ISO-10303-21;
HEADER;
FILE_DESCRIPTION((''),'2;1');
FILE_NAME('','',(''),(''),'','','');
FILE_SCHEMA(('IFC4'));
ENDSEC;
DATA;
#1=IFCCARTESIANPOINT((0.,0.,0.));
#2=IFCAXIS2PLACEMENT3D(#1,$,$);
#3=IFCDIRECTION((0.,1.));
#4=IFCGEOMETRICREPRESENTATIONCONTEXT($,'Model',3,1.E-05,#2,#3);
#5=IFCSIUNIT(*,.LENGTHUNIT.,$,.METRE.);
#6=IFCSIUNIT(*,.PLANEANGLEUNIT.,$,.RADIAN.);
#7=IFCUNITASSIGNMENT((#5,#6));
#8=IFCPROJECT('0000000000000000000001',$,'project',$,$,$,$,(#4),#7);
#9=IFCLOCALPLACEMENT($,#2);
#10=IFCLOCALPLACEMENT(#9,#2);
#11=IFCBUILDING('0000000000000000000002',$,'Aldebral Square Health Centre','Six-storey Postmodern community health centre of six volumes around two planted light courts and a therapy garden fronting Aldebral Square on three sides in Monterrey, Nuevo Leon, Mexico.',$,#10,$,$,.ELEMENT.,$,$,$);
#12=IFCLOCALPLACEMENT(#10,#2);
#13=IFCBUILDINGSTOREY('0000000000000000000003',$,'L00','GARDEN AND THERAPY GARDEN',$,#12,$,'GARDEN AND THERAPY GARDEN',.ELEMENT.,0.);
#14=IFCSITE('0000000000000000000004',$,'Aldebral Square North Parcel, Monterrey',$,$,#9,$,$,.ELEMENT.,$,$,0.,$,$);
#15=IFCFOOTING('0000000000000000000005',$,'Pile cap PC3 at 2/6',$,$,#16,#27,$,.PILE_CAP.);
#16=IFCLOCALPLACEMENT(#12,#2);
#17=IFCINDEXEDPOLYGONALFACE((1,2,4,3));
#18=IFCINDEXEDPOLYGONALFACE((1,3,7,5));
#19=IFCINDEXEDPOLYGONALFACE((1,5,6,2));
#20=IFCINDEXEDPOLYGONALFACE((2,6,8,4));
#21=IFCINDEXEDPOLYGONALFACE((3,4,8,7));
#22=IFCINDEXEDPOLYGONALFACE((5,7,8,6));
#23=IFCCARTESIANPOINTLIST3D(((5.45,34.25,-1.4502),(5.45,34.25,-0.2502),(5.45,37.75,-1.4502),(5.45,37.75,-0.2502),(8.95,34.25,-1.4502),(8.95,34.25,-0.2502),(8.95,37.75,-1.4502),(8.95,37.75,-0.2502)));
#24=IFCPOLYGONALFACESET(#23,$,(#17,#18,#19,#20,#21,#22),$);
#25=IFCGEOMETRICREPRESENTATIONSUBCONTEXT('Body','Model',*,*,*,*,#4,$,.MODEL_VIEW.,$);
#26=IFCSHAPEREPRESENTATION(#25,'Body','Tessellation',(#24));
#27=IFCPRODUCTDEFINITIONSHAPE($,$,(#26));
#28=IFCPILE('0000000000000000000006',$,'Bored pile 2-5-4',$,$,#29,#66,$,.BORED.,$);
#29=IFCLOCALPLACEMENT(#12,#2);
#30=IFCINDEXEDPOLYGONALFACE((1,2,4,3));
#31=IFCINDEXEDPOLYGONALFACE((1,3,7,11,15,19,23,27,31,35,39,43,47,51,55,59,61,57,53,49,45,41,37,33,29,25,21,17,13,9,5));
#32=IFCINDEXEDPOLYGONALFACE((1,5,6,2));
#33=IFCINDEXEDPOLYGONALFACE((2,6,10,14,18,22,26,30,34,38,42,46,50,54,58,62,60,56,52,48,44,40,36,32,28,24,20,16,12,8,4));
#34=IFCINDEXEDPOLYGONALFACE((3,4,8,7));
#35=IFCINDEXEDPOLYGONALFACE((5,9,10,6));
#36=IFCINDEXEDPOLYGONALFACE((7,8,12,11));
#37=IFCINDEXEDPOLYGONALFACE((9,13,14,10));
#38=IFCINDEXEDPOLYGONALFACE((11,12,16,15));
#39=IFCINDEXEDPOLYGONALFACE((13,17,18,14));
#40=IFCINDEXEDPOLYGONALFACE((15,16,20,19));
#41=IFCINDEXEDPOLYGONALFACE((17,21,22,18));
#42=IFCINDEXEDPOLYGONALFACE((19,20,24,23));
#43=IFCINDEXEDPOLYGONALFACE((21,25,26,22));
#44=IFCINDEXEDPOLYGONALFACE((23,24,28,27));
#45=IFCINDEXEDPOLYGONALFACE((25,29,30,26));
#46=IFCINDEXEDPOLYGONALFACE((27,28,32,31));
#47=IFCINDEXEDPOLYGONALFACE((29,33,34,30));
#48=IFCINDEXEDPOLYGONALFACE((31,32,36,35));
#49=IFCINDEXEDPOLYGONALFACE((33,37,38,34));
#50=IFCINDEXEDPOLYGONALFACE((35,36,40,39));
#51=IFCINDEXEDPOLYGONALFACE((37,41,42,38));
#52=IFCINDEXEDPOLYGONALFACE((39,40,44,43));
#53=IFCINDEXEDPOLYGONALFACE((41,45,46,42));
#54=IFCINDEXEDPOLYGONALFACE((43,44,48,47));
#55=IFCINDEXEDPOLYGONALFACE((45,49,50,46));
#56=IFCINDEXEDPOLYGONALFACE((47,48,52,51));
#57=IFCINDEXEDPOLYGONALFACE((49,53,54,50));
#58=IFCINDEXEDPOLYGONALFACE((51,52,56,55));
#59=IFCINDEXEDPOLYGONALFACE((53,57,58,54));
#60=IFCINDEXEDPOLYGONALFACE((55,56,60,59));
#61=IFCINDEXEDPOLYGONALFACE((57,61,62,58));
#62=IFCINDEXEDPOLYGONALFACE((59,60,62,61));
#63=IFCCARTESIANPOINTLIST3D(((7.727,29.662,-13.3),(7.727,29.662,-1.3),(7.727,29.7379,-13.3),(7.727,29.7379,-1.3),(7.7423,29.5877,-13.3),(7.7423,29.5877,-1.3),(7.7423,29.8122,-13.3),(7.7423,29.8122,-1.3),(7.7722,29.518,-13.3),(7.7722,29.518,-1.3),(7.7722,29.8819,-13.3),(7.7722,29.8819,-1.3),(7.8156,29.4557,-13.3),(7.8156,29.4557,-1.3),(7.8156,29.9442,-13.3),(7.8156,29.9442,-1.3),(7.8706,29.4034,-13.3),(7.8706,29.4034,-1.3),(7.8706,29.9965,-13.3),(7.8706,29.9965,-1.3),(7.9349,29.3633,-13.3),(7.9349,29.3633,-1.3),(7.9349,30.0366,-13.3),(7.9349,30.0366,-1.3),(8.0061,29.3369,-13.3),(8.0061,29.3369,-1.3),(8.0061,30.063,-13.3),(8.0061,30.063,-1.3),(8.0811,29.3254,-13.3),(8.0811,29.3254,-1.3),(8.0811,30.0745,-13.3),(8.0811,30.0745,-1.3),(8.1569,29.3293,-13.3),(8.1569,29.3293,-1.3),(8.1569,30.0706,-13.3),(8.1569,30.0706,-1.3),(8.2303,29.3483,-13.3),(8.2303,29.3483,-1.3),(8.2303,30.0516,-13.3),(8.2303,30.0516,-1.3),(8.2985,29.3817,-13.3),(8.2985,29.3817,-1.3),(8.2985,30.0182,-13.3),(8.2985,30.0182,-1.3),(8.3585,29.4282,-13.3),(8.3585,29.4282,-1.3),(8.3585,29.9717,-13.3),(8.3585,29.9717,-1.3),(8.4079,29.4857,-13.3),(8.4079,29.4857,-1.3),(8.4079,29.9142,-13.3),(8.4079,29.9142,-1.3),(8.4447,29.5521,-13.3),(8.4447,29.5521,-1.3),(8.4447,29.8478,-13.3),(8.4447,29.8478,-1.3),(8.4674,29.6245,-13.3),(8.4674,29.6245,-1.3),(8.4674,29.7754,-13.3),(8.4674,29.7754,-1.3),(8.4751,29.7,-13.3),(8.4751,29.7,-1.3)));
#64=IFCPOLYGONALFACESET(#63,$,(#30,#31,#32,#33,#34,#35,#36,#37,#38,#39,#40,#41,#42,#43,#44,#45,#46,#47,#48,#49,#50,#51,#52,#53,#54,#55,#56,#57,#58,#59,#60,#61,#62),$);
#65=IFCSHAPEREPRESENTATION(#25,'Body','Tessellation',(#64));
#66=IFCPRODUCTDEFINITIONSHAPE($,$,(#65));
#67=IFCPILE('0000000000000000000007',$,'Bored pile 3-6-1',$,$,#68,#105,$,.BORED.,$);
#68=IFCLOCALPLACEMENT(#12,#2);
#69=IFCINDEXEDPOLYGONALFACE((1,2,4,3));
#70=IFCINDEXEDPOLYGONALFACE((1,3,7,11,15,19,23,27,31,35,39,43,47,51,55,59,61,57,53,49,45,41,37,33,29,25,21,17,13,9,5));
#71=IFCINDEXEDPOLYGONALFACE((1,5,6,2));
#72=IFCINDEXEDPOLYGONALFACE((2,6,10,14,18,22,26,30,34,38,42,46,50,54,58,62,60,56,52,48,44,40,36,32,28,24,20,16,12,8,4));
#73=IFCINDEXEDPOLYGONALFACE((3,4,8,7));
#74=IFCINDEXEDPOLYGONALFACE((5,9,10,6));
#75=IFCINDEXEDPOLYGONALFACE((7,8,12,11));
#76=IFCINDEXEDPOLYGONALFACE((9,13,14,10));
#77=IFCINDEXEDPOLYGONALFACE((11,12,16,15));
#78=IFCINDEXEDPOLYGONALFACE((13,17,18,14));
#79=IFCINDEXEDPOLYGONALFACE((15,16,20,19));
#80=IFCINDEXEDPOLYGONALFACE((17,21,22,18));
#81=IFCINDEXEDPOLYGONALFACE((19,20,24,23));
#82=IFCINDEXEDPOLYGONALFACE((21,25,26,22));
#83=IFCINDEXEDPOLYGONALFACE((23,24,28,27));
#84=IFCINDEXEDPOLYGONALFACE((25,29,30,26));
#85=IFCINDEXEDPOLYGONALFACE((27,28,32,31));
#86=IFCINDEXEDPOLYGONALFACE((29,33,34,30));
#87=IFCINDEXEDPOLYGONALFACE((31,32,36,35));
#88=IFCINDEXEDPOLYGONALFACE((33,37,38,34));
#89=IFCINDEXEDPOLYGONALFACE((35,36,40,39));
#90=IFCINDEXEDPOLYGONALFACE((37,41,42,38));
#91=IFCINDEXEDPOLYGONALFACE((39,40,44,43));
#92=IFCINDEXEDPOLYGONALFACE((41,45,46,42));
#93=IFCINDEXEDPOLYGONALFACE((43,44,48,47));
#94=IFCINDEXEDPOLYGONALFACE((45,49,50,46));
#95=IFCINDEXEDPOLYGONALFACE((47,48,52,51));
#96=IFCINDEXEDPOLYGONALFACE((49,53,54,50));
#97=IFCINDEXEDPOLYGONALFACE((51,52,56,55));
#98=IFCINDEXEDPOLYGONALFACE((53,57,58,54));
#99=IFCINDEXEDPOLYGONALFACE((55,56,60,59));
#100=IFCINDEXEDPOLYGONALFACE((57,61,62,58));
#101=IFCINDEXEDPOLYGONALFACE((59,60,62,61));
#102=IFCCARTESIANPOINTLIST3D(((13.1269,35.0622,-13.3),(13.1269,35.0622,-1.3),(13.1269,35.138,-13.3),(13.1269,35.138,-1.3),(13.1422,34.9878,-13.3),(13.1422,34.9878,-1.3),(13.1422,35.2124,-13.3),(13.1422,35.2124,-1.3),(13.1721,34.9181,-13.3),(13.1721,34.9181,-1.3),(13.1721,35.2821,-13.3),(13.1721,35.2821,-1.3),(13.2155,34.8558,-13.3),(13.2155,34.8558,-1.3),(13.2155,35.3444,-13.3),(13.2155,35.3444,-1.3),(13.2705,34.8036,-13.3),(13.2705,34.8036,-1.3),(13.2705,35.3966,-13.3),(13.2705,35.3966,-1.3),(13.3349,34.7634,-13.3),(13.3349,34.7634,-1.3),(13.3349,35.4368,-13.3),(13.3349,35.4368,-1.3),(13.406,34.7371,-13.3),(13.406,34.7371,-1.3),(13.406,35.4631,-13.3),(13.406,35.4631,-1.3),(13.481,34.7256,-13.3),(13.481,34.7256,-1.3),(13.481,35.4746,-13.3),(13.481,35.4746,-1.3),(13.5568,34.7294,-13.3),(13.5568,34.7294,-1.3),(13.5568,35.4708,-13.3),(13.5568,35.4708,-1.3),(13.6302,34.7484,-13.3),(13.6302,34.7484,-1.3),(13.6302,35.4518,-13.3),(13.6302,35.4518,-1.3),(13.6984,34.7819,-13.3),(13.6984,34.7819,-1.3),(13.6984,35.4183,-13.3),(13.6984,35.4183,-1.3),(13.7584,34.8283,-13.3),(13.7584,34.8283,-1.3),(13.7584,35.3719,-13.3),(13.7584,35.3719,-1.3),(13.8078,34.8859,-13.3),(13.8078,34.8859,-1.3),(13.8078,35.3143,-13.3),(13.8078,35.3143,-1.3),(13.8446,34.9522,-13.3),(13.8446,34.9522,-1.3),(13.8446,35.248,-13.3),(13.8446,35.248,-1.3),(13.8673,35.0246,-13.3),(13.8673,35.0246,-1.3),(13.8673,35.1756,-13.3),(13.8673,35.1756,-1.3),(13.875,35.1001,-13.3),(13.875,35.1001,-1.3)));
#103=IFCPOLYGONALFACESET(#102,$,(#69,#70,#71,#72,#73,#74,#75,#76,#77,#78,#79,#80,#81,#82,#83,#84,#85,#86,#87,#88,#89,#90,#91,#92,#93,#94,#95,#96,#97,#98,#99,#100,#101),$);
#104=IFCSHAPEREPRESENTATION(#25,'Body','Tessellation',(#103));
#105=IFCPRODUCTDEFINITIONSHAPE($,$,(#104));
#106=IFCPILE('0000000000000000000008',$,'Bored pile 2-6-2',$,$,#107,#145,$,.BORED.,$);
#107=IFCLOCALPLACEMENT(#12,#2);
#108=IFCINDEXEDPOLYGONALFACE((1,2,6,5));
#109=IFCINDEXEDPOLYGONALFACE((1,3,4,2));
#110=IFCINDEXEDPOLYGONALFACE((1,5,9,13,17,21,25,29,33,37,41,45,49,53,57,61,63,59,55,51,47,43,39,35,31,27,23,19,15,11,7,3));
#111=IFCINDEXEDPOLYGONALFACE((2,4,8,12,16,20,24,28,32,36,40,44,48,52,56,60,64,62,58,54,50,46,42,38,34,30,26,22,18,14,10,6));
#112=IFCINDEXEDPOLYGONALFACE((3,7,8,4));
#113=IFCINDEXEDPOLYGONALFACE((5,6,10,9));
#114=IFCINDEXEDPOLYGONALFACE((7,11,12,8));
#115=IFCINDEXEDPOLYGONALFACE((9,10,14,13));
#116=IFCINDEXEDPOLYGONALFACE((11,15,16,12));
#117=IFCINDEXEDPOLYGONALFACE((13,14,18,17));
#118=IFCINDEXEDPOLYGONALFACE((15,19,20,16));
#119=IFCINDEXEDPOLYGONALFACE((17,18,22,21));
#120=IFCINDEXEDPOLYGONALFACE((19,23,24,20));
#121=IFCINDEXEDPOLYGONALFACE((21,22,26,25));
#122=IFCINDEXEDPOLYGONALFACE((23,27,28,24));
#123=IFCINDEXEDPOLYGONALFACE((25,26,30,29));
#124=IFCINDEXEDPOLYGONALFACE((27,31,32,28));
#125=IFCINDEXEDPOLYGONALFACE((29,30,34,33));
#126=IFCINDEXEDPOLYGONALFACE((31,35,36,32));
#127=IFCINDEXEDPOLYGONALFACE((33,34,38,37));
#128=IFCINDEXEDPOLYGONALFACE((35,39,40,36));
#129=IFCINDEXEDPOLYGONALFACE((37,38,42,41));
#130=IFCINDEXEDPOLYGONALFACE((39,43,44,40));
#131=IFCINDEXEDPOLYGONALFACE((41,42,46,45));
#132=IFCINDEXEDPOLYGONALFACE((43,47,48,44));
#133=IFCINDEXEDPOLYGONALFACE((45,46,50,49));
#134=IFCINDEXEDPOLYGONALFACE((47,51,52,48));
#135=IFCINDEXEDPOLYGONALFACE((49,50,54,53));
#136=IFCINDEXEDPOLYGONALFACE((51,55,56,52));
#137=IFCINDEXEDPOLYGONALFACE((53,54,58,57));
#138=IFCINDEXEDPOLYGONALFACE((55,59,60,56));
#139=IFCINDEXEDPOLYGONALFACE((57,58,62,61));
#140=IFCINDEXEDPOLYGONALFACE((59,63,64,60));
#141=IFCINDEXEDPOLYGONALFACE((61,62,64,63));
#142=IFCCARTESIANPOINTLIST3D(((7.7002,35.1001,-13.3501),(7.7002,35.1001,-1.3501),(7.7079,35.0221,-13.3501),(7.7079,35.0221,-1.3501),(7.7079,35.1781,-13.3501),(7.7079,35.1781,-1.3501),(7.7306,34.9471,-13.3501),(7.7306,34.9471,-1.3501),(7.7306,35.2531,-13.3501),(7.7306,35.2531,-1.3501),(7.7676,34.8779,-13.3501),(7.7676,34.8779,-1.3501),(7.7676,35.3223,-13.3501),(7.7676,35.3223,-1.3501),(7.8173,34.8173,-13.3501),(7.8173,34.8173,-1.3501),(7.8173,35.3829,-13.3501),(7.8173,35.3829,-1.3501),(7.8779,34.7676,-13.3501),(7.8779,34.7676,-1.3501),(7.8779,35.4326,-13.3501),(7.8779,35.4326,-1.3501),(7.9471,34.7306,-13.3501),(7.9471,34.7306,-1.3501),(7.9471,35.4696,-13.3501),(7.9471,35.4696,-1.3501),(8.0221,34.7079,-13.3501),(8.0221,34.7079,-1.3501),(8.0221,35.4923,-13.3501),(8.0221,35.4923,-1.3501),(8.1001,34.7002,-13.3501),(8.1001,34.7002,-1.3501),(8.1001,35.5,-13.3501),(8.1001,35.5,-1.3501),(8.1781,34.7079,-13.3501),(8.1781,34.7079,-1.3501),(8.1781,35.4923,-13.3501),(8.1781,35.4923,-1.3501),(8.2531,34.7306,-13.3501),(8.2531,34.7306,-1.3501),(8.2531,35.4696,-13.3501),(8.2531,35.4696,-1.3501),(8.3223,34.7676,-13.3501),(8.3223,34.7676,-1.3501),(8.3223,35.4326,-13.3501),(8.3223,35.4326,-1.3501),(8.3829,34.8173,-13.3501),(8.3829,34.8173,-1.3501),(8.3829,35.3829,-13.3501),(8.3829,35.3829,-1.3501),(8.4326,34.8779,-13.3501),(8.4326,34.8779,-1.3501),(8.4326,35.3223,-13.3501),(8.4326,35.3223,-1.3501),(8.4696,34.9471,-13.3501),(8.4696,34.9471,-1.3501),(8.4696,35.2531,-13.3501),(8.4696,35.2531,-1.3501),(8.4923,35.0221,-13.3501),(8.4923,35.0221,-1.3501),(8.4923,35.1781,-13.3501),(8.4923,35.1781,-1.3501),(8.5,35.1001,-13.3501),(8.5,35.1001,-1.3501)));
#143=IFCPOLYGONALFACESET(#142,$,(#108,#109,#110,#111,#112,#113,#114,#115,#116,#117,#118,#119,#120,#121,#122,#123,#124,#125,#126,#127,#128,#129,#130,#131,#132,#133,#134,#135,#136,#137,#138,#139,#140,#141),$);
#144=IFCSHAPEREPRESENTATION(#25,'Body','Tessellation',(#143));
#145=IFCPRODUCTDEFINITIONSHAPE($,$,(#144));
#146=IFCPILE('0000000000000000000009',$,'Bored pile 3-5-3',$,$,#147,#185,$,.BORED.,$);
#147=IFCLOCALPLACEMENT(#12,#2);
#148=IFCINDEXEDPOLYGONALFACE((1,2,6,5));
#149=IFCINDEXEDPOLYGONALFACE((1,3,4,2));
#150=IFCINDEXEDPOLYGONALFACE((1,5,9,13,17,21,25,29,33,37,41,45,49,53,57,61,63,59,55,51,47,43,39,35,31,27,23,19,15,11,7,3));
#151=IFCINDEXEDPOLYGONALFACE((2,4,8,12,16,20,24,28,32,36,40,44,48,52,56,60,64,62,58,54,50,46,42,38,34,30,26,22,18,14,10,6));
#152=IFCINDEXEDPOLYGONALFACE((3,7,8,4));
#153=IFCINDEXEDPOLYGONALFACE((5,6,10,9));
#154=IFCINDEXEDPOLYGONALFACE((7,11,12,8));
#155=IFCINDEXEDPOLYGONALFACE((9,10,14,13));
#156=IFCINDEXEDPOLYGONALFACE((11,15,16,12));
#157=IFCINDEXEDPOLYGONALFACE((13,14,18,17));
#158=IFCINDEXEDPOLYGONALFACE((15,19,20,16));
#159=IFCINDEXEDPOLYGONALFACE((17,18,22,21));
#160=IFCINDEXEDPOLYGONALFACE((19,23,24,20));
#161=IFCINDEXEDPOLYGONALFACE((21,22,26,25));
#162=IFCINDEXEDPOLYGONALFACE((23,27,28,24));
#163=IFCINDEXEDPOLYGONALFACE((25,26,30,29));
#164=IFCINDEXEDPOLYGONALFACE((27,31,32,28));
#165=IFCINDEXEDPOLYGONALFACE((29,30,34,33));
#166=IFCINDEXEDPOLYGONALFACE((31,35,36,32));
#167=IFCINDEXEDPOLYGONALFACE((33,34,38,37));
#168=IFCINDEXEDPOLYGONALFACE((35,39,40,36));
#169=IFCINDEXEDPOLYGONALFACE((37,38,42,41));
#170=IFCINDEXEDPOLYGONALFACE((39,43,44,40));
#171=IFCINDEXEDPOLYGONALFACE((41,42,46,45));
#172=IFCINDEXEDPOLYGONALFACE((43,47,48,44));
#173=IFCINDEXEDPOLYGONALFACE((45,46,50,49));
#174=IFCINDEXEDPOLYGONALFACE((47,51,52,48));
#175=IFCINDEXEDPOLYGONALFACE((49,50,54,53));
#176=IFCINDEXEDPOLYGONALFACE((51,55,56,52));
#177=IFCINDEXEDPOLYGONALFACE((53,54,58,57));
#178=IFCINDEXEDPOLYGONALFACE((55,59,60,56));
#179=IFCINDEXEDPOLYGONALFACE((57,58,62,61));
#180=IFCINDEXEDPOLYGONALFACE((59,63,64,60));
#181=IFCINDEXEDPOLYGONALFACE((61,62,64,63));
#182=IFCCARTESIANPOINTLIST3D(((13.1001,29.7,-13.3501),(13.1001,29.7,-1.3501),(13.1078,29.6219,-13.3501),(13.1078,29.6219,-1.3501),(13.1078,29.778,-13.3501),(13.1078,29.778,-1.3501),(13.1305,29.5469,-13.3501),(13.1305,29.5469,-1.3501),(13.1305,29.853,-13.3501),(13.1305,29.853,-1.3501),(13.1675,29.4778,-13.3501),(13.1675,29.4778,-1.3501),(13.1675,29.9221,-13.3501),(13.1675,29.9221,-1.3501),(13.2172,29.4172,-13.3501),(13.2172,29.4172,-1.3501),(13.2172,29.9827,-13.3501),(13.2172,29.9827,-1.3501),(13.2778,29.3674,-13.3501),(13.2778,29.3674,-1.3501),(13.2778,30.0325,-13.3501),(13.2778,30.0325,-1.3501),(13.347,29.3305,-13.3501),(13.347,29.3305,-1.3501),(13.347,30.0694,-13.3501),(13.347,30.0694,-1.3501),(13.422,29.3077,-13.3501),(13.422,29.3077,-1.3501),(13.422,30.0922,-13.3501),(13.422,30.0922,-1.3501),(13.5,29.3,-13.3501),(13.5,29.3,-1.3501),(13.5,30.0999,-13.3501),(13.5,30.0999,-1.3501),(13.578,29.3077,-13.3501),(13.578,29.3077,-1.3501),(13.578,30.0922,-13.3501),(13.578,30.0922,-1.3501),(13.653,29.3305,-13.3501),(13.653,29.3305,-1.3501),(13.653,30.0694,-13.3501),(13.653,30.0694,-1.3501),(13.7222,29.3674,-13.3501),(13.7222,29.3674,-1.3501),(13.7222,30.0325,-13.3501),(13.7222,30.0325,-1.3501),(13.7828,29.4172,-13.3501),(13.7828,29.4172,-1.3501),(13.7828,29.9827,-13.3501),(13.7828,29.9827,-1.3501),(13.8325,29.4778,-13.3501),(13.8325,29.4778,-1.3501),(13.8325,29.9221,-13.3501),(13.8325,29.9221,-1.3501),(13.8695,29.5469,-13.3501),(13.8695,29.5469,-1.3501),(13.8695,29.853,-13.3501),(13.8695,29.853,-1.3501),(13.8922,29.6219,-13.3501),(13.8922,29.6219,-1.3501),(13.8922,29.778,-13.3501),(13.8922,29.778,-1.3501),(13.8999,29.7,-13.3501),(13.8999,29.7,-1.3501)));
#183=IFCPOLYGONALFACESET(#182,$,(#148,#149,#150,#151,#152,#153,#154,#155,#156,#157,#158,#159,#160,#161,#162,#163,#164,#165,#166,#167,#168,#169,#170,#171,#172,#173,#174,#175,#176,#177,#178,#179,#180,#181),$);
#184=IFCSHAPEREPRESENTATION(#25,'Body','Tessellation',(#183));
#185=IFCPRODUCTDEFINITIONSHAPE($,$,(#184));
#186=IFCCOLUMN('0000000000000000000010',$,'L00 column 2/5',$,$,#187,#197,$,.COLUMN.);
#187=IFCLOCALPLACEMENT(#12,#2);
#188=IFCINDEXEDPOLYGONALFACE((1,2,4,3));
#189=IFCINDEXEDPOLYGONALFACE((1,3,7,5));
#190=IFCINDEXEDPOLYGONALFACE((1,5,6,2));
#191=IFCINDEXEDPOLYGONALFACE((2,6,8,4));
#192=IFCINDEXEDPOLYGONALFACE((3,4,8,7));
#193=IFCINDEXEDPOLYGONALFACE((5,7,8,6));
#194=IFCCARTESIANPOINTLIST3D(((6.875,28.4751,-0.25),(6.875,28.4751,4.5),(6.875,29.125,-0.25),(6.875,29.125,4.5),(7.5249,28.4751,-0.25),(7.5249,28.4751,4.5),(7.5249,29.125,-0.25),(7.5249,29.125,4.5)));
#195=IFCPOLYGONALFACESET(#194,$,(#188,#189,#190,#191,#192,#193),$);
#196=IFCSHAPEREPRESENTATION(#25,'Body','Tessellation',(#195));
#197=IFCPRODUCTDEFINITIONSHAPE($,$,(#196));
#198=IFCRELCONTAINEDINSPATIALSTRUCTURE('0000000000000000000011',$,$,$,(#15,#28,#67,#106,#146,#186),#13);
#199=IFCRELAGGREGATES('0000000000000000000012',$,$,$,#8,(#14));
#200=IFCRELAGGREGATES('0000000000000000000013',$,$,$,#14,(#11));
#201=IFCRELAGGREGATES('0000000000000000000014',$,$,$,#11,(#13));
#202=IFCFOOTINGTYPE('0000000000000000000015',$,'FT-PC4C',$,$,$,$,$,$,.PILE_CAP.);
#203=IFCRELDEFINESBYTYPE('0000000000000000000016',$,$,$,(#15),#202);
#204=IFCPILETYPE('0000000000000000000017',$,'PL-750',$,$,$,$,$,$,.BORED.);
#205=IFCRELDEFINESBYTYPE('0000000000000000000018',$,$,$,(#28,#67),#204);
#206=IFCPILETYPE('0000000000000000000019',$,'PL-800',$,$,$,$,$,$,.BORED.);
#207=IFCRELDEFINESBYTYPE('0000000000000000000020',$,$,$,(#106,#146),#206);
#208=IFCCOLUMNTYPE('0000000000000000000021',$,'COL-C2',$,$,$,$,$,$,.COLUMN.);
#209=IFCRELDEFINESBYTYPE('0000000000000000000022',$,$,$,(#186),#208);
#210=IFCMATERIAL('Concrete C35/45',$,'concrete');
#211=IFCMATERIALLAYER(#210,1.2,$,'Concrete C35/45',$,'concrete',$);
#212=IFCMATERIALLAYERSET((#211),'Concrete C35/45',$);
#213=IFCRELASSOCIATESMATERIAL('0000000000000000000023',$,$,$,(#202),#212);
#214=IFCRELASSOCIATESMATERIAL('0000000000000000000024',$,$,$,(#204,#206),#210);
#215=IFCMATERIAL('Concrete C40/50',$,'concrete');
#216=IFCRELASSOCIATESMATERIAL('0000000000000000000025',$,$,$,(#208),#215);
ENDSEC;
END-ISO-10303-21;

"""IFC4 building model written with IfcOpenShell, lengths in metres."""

from ifc_helpers import new_model, si_unit, direction, frame, origin, origin_2d, place, context, subcontext, project, spatial, rectangle, circle, extrude, material, layer, layer_set, material_profile, profile_set, type_object, element, save


model = new_model("IFC4")

# Units and contexts
model_context = context("Model", 3, precision=1e-05, world=origin(), true_north=direction((0.0, 1.0)))
body_context = subcontext(model_context, "Body", "Model", "MODEL_VIEW")
ifc_project = project(units=[si_unit("LENGTHUNIT", "METRE"), si_unit("PLANEANGLEUNIT", "RADIAN")], contexts=[model_context])

# Site, building, storey
site_placement = place(None, origin())
site = spatial("IfcSite", under=ifc_project, at=site_placement, Name="Aldebral Square North Parcel, Monterrey", CompositionType="ELEMENT", RefElevation=0.0)
building_placement = place(site_placement, origin())
building = spatial("IfcBuilding", under=site, at=building_placement, Name="Aldebral Square Health Centre", Description="Six-storey Postmodern community health centre of six volumes around two planted light courts and a therapy garden fronting Aldebral Square on three sides in Monterrey, Nuevo Leon, Mexico.", CompositionType="ELEMENT")
storey_placement = place(building_placement, origin())
storey = spatial("IfcBuildingStorey", under=building, at=storey_placement, Name="L00", Description="GARDEN AND THERAPY GARDEN", LongName="GARDEN AND THERAPY GARDEN", CompositionType="ELEMENT", Elevation=0.0)

# Footing
ifc_material_1 = material(Name="Concrete C35/45", Category="concrete")
ifc_layer_1 = layer(ifc_material_1, 1.2, Name="Concrete C35/45", Category="concrete")
ifc_layer_set_1 = layer_set([ifc_layer_1], Name="Concrete C35/45")
footing_type = type_object("IfcFootingType", Name="FT-PC4C", PredefinedType="PILE_CAP", material=ifc_layer_set_1)
footing_placement = place(storey_placement, frame((7.2, 36.0, -1.4502), z_axis=(0.0, 0.0, 1.0), x_axis=(1.0, 0.0, 0.0)))
element("IfcFooting", 1, at=footing_placement, inside=storey, type_object=footing_type, Name="Pile cap PC3 at 2/6", PredefinedType="PILE_CAP", context=body_context, shape_type="SweptSolid", body=[
    extrude(rectangle(XDim=3.5, YDim=3.5, at=origin_2d()), origin(), (0.0, 0.0, 1.0), 1.2),
])

# Piles
ifc_material_profile_1 = material_profile(ifc_material_1, circle(Radius=0.375, at=origin_2d()), Name="PILE D750")
ifc_profile_set_1 = profile_set([ifc_material_profile_1], Name="Concrete C35/45")
pile_type_1 = type_object("IfcPileType", Name="PL-750", PredefinedType="BORED", material=ifc_profile_set_1)
for number, where, z_axis, x_axis, name in (
    (2, (8.1001, 29.7, -1.3), (0.0, 0.0, -1.0), (1.0, 0.0, 0.0), "Bored pile 2-5-4"),
    (3, (13.5, 35.1001, -1.3), (0.0, 0.0, -1.0), (1.0, 0.0, 0.0), "Bored pile 3-6-1"),
):
    element("IfcPile", number, at=place(storey_placement, frame(where, z_axis=z_axis, x_axis=x_axis)), inside=storey, type_object=pile_type_1, Name=name, PredefinedType="BORED", context=body_context, shape_type="SweptSolid", body=[
        extrude(circle(Radius=0.375, at=origin_2d()), origin(), (0.0, 0.0, 1.0), 12.0),
    ])
ifc_material_profile_2 = material_profile(ifc_material_1, circle(Radius=0.3999, at=origin_2d()), Name="PILE D800")
ifc_profile_set_2 = profile_set([ifc_material_profile_2], Name="Concrete C35/45")
pile_type_2 = type_object("IfcPileType", Name="PL-800", PredefinedType="BORED", material=ifc_profile_set_2)
for number, where, z_axis, x_axis, name in (
    (4, (8.1001, 35.1001, -1.3501), (0.0, 0.0, -1.0), (1.0, 0.0, 0.0), "Bored pile 2-6-2"),
    (5, (13.5, 29.7, -1.3501), (0.0, 0.0, -1.0), (1.0, 0.0, 0.0), "Bored pile 3-5-3"),
):
    element("IfcPile", number, at=place(storey_placement, frame(where, z_axis=z_axis, x_axis=x_axis)), inside=storey, type_object=pile_type_2, Name=name, PredefinedType="BORED", context=body_context, shape_type="SweptSolid", body=[
        extrude(circle(Radius=0.3999, at=origin_2d()), origin(), (0.0, 0.0, 1.0), 12.0),
    ])

# Column
ifc_material_2 = material(Name="Concrete C40/50", Category="concrete")
ifc_material_profile_3 = material_profile(ifc_material_2, rectangle(XDim=0.6499, YDim=0.6499, at=origin_2d()), Name="RC 650x650")
ifc_profile_set_3 = profile_set([ifc_material_profile_3], Name="Concrete C40/50")
column_type = type_object("IfcColumnType", Name="COL-C2", PredefinedType="COLUMN", material=ifc_profile_set_3)
for number, where, z_axis, x_axis, name in (
    (6, (7.2, 28.8, -0.25), (0.0, 0.0, 1.0), (1.0, 0.0, 0.0), "L00 column 2/5"),
):
    element("IfcColumn", number, at=place(storey_placement, frame(where, z_axis=z_axis, x_axis=x_axis)), inside=storey, type_object=column_type, Name=name, PredefinedType="COLUMN", context=body_context, shape_type="SweptSolid", body=[
        extrude(rectangle(XDim=0.6499, YDim=0.6499, at=origin_2d()), origin(), (0.0, 0.0, 1.0), 4.75),
    ])

save(model, "model.ifc")
